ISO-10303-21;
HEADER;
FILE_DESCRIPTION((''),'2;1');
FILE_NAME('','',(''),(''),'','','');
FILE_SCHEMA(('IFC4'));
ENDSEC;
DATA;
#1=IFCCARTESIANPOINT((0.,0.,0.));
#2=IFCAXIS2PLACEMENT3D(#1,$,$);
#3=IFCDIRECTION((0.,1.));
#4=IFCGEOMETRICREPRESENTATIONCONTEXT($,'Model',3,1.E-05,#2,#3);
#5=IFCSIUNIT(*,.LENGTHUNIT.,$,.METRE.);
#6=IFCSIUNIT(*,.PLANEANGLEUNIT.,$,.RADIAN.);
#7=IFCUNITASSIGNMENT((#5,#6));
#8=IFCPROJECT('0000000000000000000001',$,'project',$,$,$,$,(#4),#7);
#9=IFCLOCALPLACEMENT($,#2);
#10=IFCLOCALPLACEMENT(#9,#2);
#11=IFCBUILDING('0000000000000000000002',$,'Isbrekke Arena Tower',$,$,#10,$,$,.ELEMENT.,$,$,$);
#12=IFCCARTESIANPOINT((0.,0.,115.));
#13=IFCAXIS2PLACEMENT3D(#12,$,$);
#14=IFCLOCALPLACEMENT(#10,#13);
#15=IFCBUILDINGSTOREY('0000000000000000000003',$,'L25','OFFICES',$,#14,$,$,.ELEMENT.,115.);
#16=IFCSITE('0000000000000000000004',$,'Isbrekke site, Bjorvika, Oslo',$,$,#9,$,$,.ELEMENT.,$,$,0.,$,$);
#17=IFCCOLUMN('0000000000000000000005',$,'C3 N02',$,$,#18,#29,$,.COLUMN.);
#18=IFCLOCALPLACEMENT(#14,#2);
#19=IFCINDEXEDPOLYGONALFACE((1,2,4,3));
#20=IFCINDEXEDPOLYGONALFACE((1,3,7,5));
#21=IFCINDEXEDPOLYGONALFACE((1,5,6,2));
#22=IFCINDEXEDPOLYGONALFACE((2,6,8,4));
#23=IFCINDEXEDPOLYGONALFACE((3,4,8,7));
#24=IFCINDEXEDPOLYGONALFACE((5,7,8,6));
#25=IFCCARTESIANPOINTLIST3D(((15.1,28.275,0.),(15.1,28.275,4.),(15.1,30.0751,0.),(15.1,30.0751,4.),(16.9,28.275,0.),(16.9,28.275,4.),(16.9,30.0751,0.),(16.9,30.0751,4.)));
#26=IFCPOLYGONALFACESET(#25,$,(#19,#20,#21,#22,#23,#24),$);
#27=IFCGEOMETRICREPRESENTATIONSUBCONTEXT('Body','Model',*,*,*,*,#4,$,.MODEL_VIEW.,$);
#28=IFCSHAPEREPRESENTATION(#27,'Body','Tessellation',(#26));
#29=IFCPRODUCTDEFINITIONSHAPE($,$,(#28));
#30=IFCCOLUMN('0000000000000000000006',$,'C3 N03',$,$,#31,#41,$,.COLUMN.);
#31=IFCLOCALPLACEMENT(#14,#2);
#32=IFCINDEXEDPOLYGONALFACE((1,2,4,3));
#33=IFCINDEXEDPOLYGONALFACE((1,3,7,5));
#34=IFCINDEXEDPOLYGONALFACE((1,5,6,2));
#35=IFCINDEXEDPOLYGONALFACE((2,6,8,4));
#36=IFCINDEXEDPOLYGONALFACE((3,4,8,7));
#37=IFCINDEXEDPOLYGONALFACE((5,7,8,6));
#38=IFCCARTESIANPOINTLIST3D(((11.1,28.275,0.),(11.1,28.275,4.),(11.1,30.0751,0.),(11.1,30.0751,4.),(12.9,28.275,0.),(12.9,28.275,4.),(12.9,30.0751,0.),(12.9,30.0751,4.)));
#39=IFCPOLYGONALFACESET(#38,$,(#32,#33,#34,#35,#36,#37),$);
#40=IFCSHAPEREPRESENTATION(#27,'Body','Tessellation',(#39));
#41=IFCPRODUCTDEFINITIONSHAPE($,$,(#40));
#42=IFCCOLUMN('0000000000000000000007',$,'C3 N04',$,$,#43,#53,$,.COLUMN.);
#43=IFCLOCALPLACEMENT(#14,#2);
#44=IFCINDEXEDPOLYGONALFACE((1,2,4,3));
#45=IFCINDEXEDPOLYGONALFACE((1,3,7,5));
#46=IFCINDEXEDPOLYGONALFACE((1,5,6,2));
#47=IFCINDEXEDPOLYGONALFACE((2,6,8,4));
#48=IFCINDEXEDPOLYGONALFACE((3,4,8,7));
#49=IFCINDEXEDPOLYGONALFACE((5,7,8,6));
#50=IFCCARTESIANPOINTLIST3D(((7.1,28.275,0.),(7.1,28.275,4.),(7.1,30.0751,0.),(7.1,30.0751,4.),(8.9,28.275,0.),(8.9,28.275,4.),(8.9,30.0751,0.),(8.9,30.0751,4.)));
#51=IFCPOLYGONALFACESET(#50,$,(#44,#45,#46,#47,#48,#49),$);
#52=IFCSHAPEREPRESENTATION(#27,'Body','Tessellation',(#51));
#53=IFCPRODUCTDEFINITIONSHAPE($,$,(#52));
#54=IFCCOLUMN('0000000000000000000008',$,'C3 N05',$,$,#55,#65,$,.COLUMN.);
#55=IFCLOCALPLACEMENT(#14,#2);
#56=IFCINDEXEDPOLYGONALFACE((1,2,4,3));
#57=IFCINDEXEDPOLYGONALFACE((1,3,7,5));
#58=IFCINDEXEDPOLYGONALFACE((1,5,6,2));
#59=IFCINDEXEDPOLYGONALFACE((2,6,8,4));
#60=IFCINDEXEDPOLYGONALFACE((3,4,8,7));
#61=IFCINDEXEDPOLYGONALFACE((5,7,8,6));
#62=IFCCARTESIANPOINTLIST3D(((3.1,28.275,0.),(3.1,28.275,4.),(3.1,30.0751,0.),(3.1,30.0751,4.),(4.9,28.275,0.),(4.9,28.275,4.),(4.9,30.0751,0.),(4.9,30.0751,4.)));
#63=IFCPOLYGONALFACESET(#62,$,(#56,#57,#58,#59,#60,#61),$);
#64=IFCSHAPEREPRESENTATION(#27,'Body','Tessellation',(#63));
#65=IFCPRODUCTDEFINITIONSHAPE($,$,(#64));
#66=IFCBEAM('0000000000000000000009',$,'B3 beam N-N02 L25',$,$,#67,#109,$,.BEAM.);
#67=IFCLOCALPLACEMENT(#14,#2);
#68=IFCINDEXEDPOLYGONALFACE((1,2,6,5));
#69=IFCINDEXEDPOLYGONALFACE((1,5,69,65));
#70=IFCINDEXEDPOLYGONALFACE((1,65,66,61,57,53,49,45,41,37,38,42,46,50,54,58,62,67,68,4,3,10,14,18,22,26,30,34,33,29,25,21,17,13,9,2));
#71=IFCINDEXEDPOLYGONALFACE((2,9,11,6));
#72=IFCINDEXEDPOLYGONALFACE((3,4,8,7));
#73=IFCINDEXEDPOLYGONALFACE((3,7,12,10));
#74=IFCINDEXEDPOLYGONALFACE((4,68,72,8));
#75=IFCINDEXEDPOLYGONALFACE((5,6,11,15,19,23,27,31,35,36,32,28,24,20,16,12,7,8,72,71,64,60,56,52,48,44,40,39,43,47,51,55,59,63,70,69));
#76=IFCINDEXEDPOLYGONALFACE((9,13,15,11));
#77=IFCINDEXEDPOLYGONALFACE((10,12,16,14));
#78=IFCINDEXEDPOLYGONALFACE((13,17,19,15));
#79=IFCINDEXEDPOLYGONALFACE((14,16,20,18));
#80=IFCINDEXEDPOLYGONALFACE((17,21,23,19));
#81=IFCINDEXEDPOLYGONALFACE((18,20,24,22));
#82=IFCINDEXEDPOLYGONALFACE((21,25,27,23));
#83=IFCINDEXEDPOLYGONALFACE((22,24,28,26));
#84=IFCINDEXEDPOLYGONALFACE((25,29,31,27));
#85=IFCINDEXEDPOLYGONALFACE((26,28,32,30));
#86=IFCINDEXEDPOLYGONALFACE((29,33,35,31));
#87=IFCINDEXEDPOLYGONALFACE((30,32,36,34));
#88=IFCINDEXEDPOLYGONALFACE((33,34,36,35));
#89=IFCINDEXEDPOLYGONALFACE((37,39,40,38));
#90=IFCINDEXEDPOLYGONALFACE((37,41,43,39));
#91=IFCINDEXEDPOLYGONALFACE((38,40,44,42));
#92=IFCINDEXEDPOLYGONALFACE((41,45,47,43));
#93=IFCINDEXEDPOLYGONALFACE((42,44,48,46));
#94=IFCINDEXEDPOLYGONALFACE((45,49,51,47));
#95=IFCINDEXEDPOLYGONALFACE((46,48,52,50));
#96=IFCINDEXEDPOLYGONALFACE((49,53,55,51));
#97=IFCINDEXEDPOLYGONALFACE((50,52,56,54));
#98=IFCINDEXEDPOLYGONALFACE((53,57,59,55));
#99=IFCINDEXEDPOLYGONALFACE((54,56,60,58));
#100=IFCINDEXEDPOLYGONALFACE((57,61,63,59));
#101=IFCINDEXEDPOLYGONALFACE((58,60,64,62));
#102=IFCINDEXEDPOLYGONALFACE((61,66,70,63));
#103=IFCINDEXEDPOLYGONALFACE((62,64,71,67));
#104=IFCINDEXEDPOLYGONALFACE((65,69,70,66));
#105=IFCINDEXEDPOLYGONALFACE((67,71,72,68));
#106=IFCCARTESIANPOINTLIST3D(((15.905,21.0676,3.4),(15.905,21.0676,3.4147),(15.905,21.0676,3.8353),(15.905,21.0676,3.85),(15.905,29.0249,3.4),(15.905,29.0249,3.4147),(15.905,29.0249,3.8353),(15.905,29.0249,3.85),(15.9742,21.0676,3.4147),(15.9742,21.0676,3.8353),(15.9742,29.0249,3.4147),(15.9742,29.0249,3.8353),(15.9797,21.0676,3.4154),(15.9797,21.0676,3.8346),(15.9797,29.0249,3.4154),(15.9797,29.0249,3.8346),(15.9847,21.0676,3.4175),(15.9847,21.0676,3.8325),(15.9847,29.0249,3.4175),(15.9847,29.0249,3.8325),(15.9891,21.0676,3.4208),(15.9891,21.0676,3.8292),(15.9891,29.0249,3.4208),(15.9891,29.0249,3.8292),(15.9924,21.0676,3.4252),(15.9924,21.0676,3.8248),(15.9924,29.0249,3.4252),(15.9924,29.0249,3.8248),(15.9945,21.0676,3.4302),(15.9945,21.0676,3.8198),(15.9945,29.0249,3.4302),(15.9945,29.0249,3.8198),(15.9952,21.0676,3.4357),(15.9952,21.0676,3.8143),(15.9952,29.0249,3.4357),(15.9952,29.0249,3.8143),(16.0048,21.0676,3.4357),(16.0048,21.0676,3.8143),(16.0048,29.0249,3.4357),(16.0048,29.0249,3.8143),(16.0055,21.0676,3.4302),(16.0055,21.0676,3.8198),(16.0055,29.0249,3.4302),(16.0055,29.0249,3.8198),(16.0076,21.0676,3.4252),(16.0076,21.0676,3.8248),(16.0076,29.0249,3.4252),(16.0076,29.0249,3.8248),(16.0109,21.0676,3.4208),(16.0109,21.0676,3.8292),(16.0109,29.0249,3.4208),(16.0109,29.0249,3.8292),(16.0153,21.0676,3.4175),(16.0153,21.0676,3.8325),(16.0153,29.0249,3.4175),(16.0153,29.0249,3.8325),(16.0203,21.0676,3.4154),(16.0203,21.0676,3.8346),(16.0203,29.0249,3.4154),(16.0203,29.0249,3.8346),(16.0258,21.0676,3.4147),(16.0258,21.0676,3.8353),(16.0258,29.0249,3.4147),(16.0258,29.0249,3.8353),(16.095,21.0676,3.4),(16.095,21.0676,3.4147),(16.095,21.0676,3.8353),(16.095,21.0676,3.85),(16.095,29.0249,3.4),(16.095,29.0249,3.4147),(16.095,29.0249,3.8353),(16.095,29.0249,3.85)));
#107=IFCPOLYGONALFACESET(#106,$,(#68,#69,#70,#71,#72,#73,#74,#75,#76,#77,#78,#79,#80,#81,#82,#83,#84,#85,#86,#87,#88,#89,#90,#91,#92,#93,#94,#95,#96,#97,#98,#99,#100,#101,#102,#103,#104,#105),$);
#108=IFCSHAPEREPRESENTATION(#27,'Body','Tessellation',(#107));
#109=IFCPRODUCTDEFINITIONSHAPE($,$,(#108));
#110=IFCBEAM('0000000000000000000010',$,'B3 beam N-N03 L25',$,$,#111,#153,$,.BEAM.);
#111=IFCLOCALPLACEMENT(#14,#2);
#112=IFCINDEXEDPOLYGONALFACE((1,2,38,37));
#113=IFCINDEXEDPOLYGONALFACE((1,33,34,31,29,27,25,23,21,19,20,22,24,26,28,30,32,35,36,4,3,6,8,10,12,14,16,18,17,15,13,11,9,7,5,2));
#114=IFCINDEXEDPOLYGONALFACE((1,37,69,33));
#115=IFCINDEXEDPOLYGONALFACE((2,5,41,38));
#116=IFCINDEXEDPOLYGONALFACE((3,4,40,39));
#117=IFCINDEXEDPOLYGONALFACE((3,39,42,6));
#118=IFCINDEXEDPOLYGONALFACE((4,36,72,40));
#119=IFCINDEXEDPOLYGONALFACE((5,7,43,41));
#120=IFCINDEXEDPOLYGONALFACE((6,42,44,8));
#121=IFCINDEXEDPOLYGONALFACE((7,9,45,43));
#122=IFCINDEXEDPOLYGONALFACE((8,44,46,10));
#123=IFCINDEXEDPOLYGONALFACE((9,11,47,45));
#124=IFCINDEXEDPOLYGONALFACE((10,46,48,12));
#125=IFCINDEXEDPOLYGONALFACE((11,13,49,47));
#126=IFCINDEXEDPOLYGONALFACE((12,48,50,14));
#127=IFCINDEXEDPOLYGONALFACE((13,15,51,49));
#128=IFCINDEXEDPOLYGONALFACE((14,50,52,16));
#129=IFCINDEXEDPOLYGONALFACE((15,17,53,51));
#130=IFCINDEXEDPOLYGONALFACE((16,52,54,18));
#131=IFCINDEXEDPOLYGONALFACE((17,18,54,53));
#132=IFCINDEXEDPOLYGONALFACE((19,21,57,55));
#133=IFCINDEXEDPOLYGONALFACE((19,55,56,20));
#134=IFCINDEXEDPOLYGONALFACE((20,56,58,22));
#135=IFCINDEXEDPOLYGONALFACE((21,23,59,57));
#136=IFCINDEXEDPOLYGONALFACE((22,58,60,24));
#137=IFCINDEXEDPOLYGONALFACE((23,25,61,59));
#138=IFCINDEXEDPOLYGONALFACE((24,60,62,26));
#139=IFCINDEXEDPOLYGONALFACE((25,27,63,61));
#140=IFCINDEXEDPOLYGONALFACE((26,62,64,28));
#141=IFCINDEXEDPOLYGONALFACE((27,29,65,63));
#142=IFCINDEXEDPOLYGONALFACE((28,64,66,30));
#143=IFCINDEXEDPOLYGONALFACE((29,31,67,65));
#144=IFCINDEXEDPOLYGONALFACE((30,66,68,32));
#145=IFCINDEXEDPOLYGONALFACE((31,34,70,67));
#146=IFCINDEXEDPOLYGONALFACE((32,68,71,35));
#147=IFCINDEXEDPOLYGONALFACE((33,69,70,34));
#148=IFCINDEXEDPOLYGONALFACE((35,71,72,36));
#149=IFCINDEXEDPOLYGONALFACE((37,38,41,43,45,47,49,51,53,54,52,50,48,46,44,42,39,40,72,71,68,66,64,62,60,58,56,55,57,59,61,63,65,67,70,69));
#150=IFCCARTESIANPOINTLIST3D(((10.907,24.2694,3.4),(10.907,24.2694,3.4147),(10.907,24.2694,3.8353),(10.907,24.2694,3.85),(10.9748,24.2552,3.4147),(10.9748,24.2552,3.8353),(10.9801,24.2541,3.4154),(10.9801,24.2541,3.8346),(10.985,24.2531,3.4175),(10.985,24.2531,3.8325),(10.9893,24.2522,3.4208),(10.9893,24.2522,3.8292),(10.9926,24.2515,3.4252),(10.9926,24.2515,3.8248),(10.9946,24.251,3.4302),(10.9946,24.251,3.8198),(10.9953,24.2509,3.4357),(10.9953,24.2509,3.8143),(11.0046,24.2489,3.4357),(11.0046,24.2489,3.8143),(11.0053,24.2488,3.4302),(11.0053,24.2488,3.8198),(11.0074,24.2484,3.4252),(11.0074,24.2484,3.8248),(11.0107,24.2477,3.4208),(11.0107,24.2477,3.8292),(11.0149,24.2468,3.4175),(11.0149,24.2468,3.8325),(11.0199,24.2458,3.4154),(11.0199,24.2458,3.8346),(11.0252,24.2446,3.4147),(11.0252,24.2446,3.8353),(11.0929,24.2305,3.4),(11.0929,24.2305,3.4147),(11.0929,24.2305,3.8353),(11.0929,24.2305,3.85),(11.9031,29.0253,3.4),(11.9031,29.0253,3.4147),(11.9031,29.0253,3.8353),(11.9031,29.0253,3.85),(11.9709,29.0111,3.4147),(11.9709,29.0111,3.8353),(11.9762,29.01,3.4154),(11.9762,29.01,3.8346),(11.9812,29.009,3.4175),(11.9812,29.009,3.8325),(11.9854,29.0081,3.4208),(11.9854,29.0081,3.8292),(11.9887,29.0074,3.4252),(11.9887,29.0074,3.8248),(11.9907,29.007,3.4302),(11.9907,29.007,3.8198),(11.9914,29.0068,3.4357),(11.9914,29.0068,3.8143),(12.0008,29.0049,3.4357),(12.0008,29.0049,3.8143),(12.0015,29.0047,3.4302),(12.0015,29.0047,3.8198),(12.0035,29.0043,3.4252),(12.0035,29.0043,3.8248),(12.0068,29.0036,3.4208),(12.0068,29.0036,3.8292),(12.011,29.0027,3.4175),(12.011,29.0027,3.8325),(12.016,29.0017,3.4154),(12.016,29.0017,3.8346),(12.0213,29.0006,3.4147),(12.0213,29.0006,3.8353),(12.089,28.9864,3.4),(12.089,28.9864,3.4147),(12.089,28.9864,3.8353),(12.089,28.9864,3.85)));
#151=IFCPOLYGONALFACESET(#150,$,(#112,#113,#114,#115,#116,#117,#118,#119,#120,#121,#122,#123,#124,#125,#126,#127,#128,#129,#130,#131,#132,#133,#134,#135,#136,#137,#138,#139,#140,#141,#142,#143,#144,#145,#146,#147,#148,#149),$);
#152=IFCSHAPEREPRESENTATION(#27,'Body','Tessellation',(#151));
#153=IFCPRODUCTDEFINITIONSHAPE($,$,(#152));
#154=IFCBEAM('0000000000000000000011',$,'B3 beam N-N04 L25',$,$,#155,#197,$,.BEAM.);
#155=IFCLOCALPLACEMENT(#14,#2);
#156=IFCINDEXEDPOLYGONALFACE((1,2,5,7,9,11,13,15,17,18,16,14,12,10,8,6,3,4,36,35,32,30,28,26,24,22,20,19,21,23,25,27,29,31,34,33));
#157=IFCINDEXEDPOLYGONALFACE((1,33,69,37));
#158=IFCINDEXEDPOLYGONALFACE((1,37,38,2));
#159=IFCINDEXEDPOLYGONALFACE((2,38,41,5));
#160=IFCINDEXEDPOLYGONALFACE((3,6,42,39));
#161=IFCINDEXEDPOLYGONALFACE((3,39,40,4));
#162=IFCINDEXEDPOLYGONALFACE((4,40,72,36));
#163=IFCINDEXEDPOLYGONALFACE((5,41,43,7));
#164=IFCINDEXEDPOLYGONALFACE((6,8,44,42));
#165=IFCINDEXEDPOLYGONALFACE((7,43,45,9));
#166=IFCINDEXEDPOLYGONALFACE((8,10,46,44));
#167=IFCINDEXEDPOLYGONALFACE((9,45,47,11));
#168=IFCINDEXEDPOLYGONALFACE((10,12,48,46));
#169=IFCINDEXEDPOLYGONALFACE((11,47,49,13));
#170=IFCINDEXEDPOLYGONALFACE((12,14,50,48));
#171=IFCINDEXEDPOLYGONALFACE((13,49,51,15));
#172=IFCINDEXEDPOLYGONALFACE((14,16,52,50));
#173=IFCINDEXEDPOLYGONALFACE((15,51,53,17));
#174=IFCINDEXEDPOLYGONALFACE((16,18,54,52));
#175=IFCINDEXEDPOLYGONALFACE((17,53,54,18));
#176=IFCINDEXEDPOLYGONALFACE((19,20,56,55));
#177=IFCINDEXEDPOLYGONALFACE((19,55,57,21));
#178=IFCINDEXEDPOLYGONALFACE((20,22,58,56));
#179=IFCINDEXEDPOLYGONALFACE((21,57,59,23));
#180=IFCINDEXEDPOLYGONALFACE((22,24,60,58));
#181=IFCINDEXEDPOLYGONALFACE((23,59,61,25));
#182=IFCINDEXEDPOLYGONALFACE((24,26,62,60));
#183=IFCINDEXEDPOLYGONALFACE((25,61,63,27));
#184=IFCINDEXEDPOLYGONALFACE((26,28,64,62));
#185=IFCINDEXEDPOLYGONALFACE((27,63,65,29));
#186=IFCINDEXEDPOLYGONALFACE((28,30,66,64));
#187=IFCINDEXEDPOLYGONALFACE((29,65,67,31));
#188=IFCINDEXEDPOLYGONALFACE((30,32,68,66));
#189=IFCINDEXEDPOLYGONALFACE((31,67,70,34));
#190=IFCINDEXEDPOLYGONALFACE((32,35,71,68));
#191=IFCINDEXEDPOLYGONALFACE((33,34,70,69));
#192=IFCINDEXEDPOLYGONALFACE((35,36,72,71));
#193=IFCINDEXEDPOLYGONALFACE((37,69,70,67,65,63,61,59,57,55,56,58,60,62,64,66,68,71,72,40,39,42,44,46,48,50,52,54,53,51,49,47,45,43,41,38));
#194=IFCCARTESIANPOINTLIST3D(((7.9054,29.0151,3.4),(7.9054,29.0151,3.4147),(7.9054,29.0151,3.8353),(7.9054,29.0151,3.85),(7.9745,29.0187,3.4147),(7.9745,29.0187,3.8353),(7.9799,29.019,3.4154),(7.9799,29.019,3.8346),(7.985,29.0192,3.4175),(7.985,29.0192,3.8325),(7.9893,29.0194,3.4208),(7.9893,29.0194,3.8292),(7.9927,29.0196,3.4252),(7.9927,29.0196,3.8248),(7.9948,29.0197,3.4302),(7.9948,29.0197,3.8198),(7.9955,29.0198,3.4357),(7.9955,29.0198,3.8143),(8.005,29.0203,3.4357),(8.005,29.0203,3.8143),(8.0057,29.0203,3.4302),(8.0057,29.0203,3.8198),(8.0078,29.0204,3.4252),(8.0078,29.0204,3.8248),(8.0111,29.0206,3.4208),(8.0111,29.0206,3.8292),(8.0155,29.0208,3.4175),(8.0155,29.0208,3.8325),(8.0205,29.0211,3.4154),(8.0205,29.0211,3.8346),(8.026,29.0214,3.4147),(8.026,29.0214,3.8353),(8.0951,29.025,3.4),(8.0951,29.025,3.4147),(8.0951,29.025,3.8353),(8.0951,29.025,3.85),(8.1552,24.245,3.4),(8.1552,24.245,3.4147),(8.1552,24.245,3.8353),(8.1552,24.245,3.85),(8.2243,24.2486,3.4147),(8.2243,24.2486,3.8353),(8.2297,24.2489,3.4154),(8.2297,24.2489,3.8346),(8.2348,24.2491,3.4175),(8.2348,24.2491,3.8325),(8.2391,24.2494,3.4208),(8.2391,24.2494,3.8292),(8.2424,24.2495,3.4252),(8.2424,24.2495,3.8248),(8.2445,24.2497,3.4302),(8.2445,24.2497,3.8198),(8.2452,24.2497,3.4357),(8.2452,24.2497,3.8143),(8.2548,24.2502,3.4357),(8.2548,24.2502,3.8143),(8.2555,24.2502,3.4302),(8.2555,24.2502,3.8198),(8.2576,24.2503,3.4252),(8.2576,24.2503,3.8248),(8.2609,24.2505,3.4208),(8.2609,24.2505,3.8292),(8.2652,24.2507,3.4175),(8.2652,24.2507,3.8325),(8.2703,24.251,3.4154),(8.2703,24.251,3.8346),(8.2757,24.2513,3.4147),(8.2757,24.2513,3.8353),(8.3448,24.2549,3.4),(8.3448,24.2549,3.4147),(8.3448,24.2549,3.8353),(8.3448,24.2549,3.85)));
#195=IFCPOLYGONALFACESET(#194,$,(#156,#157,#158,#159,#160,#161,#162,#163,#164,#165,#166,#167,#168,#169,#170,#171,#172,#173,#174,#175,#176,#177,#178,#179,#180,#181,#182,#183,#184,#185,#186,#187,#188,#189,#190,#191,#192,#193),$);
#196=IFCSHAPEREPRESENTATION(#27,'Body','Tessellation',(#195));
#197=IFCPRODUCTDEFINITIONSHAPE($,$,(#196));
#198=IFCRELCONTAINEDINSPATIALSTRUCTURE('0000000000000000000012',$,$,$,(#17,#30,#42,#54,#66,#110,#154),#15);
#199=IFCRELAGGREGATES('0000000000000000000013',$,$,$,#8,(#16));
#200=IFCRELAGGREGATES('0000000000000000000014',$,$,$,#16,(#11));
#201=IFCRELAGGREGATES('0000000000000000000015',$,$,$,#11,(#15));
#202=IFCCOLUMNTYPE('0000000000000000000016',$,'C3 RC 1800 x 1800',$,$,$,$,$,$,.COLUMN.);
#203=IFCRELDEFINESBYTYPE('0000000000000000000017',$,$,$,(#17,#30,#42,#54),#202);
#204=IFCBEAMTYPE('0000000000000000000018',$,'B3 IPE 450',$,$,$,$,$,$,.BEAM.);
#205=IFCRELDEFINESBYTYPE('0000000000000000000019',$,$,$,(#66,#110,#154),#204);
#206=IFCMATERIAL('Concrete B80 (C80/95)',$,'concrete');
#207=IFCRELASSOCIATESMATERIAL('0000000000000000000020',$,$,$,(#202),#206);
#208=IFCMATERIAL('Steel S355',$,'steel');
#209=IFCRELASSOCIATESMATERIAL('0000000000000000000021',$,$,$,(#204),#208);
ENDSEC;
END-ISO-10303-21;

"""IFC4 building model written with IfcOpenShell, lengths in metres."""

from ifc_helpers import new_model, si_unit, direction, frame, origin, origin_2d, place, context, subcontext, project, spatial, rectangle, i_section, extrude, material, material_profile, profile_set, type_object, element, save


model = new_model("IFC4")

# Units and contexts
model_context = context("Model", 3, precision=1e-05, world=origin(), true_north=direction((0.0, 1.0)))
body_context = subcontext(model_context, "Body", "Model", "MODEL_VIEW")
ifc_project = project(units=[si_unit("LENGTHUNIT", "METRE"), si_unit("PLANEANGLEUNIT", "RADIAN")], contexts=[model_context])

# Site, building, storey
site_placement = place(None, origin())
site = spatial("IfcSite", under=ifc_project, at=site_placement, Name="Isbrekke site, Bjorvika, Oslo", CompositionType="ELEMENT", RefElevation=0.0)
building_placement = place(site_placement, origin())
building = spatial("IfcBuilding", under=site, at=building_placement, Name="Isbrekke Arena Tower", CompositionType="ELEMENT")
storey_placement = place(building_placement, frame((0.0, 0.0, 115.0)))
storey = spatial("IfcBuildingStorey", under=building, at=storey_placement, Name="L25", Description="OFFICES", CompositionType="ELEMENT", Elevation=115.0)

# Columns
ifc_material_1 = material(Name="Concrete B80 (C80/95)", Category="concrete")
ifc_material_profile_1 = material_profile(ifc_material_1, rectangle(XDim=1.8, YDim=1.8, at=origin_2d()), Name="RC 1800x1800")
ifc_profile_set_1 = profile_set([ifc_material_profile_1], Name="Concrete B80 (C80/95)")
column_type = type_object("IfcColumnType", Name="C3 RC 1800 x 1800", PredefinedType="COLUMN", material=ifc_profile_set_1)
for number, where, z_axis, x_axis, name in (
    (1, (16.0, 29.175, 0.0), (0.0, 0.0, 1.0), (-1.0, 0.0, 0.0), "C3 N02"),
    (2, (12.0, 29.175, 0.0), (0.0, 0.0, 1.0), (-1.0, 0.0, 0.0), "C3 N03"),
    (3, (8.0, 29.175, 0.0), (0.0, 0.0, 1.0), (-1.0, 0.0, 0.0), "C3 N04"),
    (4, (4.0, 29.175, 0.0), (0.0, 0.0, 1.0), (-1.0, 0.0, 0.0), "C3 N05"),
):
    element("IfcColumn", number, at=place(storey_placement, frame(where, z_axis=z_axis, x_axis=x_axis)), inside=storey, type_object=column_type, Name=name, PredefinedType="COLUMN", context=body_context, shape_type="SweptSolid", body=[
        extrude(rectangle(XDim=1.8, YDim=1.8, at=origin_2d()), origin(), (0.0, 0.0, 1.0), 4.0),
    ])

# Beams
ifc_material_2 = material(Name="Steel S355", Category="steel")
ifc_material_profile_2 = material_profile(ifc_material_2, i_section(OverallWidth=0.1899, OverallDepth=0.45, WebThickness=0.0095, FlangeThickness=0.0146, FilletRadius=0.021, at=origin_2d()), Name="IPE 450")
ifc_profile_set_2 = profile_set([ifc_material_profile_2], Name="Steel S355")
beam_type_1 = type_object("IfcBeamType", Name="B3 IPE 450", PredefinedType="BEAM", material=ifc_profile_set_2)
beam_1_placement = place(storey_placement, frame((16.0, 29.0249, 3.625), z_axis=(0.0, -1.0, 0.0), x_axis=(1.0, 0.0, 0.0)))
element("IfcBeam", 5, at=beam_1_placement, inside=storey, type_object=beam_type_1, Name="B3 beam N-N02 L25", PredefinedType="BEAM", context=body_context, shape_type="SweptSolid", body=[
    extrude(i_section(OverallWidth=0.1899, OverallDepth=0.45, WebThickness=0.0095, FlangeThickness=0.0146, FilletRadius=0.021, at=origin_2d()), origin(), (0.0, 0.0, 1.0), 7.9573),
])
beam_2_placement = place(storey_placement, frame((11.9961, 29.0059, 3.625), z_axis=(-0.204997, -0.978762, 0.0), x_axis=(0.978762, -0.204997, 0.0)))
element("IfcBeam", 6, at=beam_2_placement, inside=storey, type_object=beam_type_1, Name="B3 beam N-N03 L25", PredefinedType="BEAM", context=body_context, shape_type="SweptSolid", body=[
    extrude(i_section(OverallWidth=0.1899, OverallDepth=0.45, WebThickness=0.0095, FlangeThickness=0.0146, FilletRadius=0.021, at=origin_2d()), origin(), (0.0, 0.0, 1.0), 4.8591),
])
beam_3_placement = place(storey_placement, frame((8.0002, 29.02, 3.625), z_axis=(0.052288, -0.998632, 0.0), x_axis=(0.998632, 0.052288, 0.0)))
element("IfcBeam", 7, at=beam_3_placement, inside=storey, type_object=beam_type_1, Name="B3 beam N-N04 L25", PredefinedType="BEAM", context=body_context, shape_type="SweptSolid", body=[
    extrude(i_section(OverallWidth=0.1899, OverallDepth=0.45, WebThickness=0.0095, FlangeThickness=0.0146, FilletRadius=0.021, at=origin_2d()), origin(), (0.0, 0.0, 1.0), 4.7766),
])

save(model, "model.ifc")
